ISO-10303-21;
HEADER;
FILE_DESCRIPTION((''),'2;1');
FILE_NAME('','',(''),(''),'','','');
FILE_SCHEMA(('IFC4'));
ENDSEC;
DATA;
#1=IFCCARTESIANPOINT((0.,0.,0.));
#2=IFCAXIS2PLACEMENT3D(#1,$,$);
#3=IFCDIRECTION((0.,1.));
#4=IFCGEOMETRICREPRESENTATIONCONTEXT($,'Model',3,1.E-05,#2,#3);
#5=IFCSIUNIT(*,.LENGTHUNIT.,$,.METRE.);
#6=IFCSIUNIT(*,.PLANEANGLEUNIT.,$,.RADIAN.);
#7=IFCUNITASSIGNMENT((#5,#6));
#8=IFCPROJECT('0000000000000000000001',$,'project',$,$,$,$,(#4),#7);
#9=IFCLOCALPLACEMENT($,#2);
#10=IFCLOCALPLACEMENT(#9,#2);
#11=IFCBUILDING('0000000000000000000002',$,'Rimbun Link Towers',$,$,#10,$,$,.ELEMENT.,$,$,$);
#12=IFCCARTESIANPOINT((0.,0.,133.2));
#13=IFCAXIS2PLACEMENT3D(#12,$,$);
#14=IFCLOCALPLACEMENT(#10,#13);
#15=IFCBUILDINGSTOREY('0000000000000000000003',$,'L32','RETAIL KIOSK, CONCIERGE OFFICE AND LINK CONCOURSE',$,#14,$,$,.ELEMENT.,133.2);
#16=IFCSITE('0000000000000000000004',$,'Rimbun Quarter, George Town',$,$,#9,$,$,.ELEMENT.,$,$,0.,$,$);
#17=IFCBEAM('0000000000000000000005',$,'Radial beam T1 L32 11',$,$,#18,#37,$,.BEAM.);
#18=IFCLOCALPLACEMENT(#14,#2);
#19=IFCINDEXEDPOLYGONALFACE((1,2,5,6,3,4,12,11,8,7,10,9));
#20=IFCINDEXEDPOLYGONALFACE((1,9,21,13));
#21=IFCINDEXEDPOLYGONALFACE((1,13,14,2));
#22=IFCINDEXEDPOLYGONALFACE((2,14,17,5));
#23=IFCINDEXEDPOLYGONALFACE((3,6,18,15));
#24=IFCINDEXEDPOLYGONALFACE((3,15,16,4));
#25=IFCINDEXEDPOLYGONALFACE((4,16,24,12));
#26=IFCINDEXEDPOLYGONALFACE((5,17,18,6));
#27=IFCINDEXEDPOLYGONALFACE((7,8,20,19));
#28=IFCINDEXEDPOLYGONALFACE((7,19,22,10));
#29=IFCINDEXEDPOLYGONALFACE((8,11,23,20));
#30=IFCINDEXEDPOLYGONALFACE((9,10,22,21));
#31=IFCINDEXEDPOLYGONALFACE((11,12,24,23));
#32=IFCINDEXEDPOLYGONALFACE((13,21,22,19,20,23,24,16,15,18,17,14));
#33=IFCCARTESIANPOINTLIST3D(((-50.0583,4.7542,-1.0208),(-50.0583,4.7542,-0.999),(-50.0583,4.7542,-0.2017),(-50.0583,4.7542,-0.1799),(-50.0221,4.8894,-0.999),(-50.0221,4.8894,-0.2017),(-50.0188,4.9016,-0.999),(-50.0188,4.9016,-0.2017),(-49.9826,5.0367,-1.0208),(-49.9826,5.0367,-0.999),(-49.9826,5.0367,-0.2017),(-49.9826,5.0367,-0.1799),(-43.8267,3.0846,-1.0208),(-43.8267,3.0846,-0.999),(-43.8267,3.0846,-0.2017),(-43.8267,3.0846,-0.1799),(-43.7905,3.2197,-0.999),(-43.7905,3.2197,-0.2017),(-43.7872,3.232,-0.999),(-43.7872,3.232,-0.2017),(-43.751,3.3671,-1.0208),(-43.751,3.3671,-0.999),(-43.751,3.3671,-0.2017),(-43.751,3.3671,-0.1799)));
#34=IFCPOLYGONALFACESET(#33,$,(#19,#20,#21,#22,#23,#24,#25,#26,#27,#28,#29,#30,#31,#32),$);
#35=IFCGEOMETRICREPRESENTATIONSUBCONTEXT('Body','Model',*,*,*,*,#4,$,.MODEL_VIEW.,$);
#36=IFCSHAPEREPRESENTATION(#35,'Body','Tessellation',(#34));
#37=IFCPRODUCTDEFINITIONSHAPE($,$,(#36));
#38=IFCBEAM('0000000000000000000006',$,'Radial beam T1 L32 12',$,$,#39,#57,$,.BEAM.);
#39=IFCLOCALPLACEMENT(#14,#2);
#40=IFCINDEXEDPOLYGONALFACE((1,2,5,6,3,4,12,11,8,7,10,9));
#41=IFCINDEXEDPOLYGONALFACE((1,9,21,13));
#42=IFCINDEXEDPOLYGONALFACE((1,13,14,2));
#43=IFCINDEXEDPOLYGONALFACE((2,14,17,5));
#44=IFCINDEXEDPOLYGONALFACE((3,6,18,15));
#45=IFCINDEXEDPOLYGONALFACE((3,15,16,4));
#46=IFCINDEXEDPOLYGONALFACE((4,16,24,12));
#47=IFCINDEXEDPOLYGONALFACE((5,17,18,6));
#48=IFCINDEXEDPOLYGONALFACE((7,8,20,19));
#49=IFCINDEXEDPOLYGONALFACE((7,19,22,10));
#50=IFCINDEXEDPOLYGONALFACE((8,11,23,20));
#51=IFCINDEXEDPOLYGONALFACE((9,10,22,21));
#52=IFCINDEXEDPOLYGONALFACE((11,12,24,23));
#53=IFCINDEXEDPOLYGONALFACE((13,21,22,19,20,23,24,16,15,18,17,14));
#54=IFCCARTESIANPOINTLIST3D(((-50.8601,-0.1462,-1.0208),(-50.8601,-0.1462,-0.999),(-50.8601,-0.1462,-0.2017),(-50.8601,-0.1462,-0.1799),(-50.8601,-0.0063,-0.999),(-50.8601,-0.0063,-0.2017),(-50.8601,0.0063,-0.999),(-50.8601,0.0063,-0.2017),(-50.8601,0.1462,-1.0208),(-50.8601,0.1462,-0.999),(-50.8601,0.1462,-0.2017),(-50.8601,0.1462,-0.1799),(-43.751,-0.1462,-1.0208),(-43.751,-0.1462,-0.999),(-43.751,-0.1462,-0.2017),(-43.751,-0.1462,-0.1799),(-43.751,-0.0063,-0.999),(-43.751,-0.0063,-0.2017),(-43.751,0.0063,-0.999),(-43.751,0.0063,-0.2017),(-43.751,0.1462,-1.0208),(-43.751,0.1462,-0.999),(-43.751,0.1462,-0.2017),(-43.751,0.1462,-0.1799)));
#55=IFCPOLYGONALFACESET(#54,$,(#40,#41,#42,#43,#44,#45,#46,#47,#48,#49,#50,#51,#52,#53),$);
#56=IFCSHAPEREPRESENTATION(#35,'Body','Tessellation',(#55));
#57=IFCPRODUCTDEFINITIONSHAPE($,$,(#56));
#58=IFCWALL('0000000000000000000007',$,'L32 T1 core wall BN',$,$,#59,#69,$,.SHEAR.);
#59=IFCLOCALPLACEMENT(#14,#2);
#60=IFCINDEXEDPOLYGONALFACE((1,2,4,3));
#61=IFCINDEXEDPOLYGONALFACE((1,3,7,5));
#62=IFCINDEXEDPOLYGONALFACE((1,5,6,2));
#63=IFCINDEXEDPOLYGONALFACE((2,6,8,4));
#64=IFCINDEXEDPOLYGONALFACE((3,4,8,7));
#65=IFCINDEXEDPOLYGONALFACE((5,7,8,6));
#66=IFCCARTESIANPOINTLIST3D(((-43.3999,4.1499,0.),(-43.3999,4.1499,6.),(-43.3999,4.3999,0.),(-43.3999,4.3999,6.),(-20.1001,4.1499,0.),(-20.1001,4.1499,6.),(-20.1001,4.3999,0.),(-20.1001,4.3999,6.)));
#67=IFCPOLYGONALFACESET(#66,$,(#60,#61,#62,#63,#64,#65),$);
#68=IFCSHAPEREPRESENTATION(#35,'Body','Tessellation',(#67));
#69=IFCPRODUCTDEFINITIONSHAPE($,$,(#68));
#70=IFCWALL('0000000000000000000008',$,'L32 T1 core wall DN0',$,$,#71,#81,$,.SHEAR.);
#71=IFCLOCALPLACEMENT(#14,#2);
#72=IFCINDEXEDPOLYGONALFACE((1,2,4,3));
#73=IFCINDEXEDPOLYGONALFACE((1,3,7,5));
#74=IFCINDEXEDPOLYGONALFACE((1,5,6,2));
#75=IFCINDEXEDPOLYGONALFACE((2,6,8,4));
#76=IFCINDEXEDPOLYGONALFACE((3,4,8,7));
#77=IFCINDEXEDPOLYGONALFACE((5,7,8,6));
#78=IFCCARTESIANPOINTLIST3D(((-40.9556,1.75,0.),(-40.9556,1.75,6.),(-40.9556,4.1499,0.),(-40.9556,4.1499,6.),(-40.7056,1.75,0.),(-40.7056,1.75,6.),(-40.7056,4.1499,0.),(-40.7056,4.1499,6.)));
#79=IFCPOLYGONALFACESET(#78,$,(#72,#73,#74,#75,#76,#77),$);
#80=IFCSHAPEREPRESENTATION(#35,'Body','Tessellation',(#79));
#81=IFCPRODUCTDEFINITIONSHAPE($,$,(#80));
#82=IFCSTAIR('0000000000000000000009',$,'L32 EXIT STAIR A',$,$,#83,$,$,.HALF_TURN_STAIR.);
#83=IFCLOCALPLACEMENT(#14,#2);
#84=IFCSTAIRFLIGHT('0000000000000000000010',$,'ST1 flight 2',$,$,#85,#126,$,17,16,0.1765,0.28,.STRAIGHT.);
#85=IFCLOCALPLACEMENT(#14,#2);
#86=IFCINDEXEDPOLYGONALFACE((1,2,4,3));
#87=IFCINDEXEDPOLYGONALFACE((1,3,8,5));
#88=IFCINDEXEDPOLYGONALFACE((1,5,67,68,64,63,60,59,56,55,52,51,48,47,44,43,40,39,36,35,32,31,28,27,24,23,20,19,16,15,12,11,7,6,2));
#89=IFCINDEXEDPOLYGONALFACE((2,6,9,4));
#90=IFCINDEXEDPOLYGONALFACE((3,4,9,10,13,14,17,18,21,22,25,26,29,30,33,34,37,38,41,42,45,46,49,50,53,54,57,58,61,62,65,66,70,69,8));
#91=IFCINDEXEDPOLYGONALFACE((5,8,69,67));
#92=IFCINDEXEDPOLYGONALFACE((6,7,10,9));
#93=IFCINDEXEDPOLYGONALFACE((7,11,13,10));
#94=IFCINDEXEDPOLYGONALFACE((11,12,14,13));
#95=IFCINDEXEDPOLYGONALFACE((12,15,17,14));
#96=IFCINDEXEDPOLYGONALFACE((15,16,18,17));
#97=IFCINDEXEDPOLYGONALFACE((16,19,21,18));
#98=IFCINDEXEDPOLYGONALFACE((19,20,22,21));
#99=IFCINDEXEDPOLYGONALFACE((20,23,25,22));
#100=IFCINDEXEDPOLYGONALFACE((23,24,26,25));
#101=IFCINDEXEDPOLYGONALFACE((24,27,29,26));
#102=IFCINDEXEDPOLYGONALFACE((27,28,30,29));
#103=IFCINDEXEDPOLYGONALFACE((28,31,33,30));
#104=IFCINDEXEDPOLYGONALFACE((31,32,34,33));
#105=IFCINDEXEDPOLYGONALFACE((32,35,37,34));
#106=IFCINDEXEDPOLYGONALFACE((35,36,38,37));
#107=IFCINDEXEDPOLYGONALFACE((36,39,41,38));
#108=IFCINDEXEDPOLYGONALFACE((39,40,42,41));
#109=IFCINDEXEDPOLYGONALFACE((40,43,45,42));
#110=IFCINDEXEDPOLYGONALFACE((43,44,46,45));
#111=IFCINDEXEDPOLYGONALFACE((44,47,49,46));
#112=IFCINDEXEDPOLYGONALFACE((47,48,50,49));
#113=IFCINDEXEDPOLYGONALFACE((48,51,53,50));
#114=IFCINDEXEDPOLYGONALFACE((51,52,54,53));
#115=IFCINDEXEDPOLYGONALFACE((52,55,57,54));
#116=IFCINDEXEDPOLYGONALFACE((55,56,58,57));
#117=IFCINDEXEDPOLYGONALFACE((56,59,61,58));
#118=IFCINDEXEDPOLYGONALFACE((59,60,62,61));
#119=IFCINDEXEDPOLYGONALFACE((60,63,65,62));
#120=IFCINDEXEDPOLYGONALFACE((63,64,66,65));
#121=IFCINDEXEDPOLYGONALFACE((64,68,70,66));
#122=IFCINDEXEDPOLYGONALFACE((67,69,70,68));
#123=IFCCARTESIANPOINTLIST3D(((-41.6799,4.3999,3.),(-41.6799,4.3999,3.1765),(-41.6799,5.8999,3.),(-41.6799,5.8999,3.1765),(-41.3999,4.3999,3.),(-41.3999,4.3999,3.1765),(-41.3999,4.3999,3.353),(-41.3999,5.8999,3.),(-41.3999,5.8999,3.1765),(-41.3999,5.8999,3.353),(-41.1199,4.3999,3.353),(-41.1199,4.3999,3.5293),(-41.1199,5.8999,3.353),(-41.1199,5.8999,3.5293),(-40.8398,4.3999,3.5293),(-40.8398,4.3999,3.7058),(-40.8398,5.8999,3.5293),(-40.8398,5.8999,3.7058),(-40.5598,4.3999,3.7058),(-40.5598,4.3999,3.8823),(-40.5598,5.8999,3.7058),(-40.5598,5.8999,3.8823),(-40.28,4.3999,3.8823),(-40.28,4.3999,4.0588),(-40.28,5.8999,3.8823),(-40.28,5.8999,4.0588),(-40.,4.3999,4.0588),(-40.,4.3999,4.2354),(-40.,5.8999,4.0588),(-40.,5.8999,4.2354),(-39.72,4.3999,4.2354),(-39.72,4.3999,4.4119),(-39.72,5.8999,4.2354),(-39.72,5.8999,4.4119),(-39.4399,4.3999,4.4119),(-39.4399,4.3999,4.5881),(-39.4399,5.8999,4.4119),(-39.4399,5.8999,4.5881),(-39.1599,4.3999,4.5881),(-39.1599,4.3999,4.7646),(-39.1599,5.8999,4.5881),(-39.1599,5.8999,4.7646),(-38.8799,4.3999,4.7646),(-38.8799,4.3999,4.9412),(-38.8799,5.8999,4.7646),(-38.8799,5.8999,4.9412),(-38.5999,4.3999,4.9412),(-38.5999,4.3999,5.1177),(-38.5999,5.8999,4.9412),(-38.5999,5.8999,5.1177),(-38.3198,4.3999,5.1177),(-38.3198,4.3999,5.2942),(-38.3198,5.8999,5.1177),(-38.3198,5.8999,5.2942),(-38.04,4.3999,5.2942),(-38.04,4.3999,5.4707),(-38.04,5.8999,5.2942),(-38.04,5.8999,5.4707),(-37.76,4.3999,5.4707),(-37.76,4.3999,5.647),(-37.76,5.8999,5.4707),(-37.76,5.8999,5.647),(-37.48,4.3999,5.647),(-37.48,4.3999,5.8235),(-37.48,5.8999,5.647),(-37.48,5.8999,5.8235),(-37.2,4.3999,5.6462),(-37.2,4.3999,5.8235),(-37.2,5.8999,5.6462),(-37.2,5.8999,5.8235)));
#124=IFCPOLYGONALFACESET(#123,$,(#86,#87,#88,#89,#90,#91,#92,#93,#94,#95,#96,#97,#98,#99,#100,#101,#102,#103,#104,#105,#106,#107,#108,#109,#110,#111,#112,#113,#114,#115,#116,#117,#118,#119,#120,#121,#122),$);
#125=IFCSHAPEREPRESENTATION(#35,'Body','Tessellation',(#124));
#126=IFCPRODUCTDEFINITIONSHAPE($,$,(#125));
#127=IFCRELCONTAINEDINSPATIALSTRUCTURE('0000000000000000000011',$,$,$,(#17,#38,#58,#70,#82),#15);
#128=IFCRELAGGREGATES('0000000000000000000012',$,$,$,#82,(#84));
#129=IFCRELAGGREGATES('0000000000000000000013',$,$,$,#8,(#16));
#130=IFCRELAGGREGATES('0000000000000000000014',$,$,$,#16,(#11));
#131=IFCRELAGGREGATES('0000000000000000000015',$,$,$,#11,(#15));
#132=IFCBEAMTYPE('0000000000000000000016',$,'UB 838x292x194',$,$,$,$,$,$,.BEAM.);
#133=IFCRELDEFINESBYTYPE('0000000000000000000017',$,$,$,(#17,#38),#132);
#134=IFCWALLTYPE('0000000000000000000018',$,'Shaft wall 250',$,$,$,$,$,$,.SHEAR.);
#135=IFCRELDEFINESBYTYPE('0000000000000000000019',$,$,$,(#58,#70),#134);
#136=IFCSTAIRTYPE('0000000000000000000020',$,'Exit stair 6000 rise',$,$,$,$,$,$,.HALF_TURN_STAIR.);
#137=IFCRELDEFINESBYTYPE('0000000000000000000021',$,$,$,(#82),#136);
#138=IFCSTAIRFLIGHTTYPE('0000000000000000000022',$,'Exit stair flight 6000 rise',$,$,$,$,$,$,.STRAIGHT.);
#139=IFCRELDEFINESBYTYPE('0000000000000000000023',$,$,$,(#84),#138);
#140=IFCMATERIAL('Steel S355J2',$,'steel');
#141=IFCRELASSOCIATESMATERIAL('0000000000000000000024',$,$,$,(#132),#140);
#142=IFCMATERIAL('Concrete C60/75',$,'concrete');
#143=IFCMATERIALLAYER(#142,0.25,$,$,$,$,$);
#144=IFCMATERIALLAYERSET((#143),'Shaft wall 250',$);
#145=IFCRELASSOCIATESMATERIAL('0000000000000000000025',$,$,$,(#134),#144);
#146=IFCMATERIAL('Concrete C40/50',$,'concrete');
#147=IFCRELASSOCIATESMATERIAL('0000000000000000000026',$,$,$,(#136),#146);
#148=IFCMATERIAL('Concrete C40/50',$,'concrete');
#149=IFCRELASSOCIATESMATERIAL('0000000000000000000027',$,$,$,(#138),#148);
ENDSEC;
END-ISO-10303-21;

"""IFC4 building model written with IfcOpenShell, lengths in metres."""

from ifc_helpers import new_model, si_unit, direction, frame, frame_2d, origin, origin_2d, place, context, subcontext, project, spatial, polyline, rectangle, i_section, outline, extrude, material, layer, layer_set, material_profile, profile_set, type_object, element, aggregate, save


model = new_model("IFC4")

# Units and contexts
model_context = context("Model", 3, precision=1e-05, world=origin(), true_north=direction((0.0, 1.0)))
body_context = subcontext(model_context, "Body", "Model", "MODEL_VIEW")
ifc_project = project(units=[si_unit("LENGTHUNIT", "METRE"), si_unit("PLANEANGLEUNIT", "RADIAN")], contexts=[model_context])

# Site, building, storey
site_placement = place(None, origin())
site = spatial("IfcSite", under=ifc_project, at=site_placement, Name="Rimbun Quarter, George Town", CompositionType="ELEMENT", RefElevation=0.0)
building_placement = place(site_placement, origin())
building = spatial("IfcBuilding", under=site, at=building_placement, Name="Rimbun Link Towers", CompositionType="ELEMENT")
storey_placement = place(building_placement, frame((0.0, 0.0, 133.2)))
storey = spatial("IfcBuildingStorey", under=building, at=storey_placement, Name="L32", Description="RETAIL KIOSK, CONCIERGE OFFICE AND LINK CONCOURSE", CompositionType="ELEMENT", Elevation=133.2)

# Beams
ifc_material_1 = material(Name="Steel S355J2", Category="steel")
ifc_material_profile = material_profile(ifc_material_1, i_section(OverallWidth=0.2925, OverallDepth=0.8408, WebThickness=0.0127, FlangeThickness=0.0217, at=origin_2d()), Name="UB 838x292x194")
ifc_profile_set = profile_set([ifc_material_profile], Name="Steel S355J2")
beam_type = type_object("IfcBeamType", Name="UB 838x292x194", PredefinedType="BEAM", material=ifc_profile_set)
beam_1_placement = place(storey_placement, frame((-43.7888, 3.2258, -0.6003), z_axis=(-0.96593, 0.258805, 0.0), x_axis=(-0.258805, -0.96593, 0.0)))
element("IfcBeam", 1, at=beam_1_placement, inside=storey, type_object=beam_type, Name="Radial beam T1 L32 11", PredefinedType="BEAM", context=body_context, shape_type="SweptSolid", body=[
    extrude(i_section(OverallWidth=0.2925, OverallDepth=0.8408, WebThickness=0.0127, FlangeThickness=0.0217, at=origin_2d()), origin(), (0.0, 0.0, 1.0), 6.4514),
])
beam_2_placement = place(storey_placement, frame((-43.751, 0.0, -0.6003), z_axis=(-1.0, 0.0, 0.0), x_axis=(0.0, -1.0, 0.0)))
element("IfcBeam", 2, at=beam_2_placement, inside=storey, type_object=beam_type, Name="Radial beam T1 L32 12", PredefinedType="BEAM", context=body_context, shape_type="SweptSolid", body=[
    extrude(i_section(OverallWidth=0.2925, OverallDepth=0.8408, WebThickness=0.0127, FlangeThickness=0.0217, at=origin_2d()), origin(), (0.0, 0.0, 1.0), 7.1091),
])

# Wall
ifc_material_2 = material(Name="Concrete C60/75", Category="concrete")
ifc_layer = layer(ifc_material_2, 0.25)
ifc_layer_set = layer_set([ifc_layer], Name="Shaft wall 250")
wall_type = type_object("IfcWallType", Name="Shaft wall 250", PredefinedType="SHEAR", material=ifc_layer_set)
wall_1_placement = place(storey_placement, frame((-43.3999, 4.2749, 0.0), z_axis=(0.0, 0.0, 1.0), x_axis=(1.0, 0.0, 0.0)))
element("IfcWall", 3, at=wall_1_placement, inside=storey, type_object=wall_type, Name="L32 T1 core wall BN", PredefinedType="SHEAR", context=body_context, shape_type="SweptSolid", body=[
    extrude(rectangle(XDim=23.2998, YDim=0.25, at=frame_2d((11.6499, 0.0))), origin(), (0.0, 0.0, 1.0), 6.0),
])

# Wall
wall_2_placement = place(storey_placement, frame((-40.8306, 1.75, 0.0), z_axis=(0.0, 0.0, 1.0), x_axis=(0.0, 1.0, 0.0)))
element("IfcWall", 4, at=wall_2_placement, inside=storey, type_object=wall_type, Name="L32 T1 core wall DN0", PredefinedType="SHEAR", context=body_context, shape_type="SweptSolid", body=[
    extrude(rectangle(XDim=2.3999, YDim=0.25, at=frame_2d((1.2, 0.0))), origin(), (0.0, 0.0, 1.0), 6.0),
])

# Stair, stair flight
ifc_material_3 = material(Name="Concrete C40/50", Category="concrete")
stair_type = type_object("IfcStairType", Name="Exit stair 6000 rise", PredefinedType="HALF_TURN_STAIR", material=ifc_material_3)
stair_placement = place(storey_placement, origin())
stair = element("IfcStair", 5, at=stair_placement, inside=storey, type_object=stair_type, Name="L32 EXIT STAIR A", PredefinedType="HALF_TURN_STAIR")
ifc_material_4 = material(Name="Concrete C40/50", Category="concrete")
stair_flight_type = type_object("IfcStairFlightType", Name="Exit stair flight 6000 rise", PredefinedType="STRAIGHT", material=ifc_material_4)
stair_flight_placement = place(storey_placement, frame((-41.6799, 5.1499, 3.0), z_axis=(0.0, 0.0, 1.0), x_axis=(1.0, 0.0, 0.0)))
stair_flight = element("IfcStairFlight", 6, at=stair_flight_placement, type_object=stair_flight_type, Name="ST1 flight 2", NumberOfRisers=17, NumberOfTreads=16, PredefinedType="STRAIGHT", RiserHeight=0.1765, TreadLength=0.28, context=body_context, shape_type="SweptSolid", body=[
    extrude(outline(polyline([(0.0, 0.0), (0.0, 0.1765), (0.28, 0.1765), (0.28, 0.353), (0.5601, 0.353), (0.5601, 0.5293), (0.8401, 0.5293), (0.8401, 0.7058), (1.1201, 0.7058), (1.1201, 0.8823), (1.3999, 0.8823), (1.3999, 1.0588), (1.6799, 1.0588), (1.6799, 1.2354), (1.96, 1.2354), (1.96, 1.4119), (2.24, 1.4119), (2.24, 1.5881), (2.52, 1.5881), (2.52, 1.7646), (2.8, 1.7646), (2.8, 1.9412), (3.0801, 1.9412), (3.0801, 2.1177), (3.3601, 2.1177), (3.3601, 2.2942), (3.6399, 2.2942), (3.6399, 2.4707), (3.9199, 2.4707), (3.9199, 2.647), (4.2, 2.647), (4.2, 2.8235), (4.48, 2.8235), (4.48, 3.0), (4.48, 2.6462), (0.28, 0.0), (0.0, 0.0)])), frame((0.0, 0.75, 0.0), z_axis=(0.0, -1.0, 0.0), x_axis=(1.0, 0.0, 0.0)), (0.0, 0.0, 1.0), 1.5),
])
aggregate(stair, [stair_flight])

save(model, "model.ifc")
